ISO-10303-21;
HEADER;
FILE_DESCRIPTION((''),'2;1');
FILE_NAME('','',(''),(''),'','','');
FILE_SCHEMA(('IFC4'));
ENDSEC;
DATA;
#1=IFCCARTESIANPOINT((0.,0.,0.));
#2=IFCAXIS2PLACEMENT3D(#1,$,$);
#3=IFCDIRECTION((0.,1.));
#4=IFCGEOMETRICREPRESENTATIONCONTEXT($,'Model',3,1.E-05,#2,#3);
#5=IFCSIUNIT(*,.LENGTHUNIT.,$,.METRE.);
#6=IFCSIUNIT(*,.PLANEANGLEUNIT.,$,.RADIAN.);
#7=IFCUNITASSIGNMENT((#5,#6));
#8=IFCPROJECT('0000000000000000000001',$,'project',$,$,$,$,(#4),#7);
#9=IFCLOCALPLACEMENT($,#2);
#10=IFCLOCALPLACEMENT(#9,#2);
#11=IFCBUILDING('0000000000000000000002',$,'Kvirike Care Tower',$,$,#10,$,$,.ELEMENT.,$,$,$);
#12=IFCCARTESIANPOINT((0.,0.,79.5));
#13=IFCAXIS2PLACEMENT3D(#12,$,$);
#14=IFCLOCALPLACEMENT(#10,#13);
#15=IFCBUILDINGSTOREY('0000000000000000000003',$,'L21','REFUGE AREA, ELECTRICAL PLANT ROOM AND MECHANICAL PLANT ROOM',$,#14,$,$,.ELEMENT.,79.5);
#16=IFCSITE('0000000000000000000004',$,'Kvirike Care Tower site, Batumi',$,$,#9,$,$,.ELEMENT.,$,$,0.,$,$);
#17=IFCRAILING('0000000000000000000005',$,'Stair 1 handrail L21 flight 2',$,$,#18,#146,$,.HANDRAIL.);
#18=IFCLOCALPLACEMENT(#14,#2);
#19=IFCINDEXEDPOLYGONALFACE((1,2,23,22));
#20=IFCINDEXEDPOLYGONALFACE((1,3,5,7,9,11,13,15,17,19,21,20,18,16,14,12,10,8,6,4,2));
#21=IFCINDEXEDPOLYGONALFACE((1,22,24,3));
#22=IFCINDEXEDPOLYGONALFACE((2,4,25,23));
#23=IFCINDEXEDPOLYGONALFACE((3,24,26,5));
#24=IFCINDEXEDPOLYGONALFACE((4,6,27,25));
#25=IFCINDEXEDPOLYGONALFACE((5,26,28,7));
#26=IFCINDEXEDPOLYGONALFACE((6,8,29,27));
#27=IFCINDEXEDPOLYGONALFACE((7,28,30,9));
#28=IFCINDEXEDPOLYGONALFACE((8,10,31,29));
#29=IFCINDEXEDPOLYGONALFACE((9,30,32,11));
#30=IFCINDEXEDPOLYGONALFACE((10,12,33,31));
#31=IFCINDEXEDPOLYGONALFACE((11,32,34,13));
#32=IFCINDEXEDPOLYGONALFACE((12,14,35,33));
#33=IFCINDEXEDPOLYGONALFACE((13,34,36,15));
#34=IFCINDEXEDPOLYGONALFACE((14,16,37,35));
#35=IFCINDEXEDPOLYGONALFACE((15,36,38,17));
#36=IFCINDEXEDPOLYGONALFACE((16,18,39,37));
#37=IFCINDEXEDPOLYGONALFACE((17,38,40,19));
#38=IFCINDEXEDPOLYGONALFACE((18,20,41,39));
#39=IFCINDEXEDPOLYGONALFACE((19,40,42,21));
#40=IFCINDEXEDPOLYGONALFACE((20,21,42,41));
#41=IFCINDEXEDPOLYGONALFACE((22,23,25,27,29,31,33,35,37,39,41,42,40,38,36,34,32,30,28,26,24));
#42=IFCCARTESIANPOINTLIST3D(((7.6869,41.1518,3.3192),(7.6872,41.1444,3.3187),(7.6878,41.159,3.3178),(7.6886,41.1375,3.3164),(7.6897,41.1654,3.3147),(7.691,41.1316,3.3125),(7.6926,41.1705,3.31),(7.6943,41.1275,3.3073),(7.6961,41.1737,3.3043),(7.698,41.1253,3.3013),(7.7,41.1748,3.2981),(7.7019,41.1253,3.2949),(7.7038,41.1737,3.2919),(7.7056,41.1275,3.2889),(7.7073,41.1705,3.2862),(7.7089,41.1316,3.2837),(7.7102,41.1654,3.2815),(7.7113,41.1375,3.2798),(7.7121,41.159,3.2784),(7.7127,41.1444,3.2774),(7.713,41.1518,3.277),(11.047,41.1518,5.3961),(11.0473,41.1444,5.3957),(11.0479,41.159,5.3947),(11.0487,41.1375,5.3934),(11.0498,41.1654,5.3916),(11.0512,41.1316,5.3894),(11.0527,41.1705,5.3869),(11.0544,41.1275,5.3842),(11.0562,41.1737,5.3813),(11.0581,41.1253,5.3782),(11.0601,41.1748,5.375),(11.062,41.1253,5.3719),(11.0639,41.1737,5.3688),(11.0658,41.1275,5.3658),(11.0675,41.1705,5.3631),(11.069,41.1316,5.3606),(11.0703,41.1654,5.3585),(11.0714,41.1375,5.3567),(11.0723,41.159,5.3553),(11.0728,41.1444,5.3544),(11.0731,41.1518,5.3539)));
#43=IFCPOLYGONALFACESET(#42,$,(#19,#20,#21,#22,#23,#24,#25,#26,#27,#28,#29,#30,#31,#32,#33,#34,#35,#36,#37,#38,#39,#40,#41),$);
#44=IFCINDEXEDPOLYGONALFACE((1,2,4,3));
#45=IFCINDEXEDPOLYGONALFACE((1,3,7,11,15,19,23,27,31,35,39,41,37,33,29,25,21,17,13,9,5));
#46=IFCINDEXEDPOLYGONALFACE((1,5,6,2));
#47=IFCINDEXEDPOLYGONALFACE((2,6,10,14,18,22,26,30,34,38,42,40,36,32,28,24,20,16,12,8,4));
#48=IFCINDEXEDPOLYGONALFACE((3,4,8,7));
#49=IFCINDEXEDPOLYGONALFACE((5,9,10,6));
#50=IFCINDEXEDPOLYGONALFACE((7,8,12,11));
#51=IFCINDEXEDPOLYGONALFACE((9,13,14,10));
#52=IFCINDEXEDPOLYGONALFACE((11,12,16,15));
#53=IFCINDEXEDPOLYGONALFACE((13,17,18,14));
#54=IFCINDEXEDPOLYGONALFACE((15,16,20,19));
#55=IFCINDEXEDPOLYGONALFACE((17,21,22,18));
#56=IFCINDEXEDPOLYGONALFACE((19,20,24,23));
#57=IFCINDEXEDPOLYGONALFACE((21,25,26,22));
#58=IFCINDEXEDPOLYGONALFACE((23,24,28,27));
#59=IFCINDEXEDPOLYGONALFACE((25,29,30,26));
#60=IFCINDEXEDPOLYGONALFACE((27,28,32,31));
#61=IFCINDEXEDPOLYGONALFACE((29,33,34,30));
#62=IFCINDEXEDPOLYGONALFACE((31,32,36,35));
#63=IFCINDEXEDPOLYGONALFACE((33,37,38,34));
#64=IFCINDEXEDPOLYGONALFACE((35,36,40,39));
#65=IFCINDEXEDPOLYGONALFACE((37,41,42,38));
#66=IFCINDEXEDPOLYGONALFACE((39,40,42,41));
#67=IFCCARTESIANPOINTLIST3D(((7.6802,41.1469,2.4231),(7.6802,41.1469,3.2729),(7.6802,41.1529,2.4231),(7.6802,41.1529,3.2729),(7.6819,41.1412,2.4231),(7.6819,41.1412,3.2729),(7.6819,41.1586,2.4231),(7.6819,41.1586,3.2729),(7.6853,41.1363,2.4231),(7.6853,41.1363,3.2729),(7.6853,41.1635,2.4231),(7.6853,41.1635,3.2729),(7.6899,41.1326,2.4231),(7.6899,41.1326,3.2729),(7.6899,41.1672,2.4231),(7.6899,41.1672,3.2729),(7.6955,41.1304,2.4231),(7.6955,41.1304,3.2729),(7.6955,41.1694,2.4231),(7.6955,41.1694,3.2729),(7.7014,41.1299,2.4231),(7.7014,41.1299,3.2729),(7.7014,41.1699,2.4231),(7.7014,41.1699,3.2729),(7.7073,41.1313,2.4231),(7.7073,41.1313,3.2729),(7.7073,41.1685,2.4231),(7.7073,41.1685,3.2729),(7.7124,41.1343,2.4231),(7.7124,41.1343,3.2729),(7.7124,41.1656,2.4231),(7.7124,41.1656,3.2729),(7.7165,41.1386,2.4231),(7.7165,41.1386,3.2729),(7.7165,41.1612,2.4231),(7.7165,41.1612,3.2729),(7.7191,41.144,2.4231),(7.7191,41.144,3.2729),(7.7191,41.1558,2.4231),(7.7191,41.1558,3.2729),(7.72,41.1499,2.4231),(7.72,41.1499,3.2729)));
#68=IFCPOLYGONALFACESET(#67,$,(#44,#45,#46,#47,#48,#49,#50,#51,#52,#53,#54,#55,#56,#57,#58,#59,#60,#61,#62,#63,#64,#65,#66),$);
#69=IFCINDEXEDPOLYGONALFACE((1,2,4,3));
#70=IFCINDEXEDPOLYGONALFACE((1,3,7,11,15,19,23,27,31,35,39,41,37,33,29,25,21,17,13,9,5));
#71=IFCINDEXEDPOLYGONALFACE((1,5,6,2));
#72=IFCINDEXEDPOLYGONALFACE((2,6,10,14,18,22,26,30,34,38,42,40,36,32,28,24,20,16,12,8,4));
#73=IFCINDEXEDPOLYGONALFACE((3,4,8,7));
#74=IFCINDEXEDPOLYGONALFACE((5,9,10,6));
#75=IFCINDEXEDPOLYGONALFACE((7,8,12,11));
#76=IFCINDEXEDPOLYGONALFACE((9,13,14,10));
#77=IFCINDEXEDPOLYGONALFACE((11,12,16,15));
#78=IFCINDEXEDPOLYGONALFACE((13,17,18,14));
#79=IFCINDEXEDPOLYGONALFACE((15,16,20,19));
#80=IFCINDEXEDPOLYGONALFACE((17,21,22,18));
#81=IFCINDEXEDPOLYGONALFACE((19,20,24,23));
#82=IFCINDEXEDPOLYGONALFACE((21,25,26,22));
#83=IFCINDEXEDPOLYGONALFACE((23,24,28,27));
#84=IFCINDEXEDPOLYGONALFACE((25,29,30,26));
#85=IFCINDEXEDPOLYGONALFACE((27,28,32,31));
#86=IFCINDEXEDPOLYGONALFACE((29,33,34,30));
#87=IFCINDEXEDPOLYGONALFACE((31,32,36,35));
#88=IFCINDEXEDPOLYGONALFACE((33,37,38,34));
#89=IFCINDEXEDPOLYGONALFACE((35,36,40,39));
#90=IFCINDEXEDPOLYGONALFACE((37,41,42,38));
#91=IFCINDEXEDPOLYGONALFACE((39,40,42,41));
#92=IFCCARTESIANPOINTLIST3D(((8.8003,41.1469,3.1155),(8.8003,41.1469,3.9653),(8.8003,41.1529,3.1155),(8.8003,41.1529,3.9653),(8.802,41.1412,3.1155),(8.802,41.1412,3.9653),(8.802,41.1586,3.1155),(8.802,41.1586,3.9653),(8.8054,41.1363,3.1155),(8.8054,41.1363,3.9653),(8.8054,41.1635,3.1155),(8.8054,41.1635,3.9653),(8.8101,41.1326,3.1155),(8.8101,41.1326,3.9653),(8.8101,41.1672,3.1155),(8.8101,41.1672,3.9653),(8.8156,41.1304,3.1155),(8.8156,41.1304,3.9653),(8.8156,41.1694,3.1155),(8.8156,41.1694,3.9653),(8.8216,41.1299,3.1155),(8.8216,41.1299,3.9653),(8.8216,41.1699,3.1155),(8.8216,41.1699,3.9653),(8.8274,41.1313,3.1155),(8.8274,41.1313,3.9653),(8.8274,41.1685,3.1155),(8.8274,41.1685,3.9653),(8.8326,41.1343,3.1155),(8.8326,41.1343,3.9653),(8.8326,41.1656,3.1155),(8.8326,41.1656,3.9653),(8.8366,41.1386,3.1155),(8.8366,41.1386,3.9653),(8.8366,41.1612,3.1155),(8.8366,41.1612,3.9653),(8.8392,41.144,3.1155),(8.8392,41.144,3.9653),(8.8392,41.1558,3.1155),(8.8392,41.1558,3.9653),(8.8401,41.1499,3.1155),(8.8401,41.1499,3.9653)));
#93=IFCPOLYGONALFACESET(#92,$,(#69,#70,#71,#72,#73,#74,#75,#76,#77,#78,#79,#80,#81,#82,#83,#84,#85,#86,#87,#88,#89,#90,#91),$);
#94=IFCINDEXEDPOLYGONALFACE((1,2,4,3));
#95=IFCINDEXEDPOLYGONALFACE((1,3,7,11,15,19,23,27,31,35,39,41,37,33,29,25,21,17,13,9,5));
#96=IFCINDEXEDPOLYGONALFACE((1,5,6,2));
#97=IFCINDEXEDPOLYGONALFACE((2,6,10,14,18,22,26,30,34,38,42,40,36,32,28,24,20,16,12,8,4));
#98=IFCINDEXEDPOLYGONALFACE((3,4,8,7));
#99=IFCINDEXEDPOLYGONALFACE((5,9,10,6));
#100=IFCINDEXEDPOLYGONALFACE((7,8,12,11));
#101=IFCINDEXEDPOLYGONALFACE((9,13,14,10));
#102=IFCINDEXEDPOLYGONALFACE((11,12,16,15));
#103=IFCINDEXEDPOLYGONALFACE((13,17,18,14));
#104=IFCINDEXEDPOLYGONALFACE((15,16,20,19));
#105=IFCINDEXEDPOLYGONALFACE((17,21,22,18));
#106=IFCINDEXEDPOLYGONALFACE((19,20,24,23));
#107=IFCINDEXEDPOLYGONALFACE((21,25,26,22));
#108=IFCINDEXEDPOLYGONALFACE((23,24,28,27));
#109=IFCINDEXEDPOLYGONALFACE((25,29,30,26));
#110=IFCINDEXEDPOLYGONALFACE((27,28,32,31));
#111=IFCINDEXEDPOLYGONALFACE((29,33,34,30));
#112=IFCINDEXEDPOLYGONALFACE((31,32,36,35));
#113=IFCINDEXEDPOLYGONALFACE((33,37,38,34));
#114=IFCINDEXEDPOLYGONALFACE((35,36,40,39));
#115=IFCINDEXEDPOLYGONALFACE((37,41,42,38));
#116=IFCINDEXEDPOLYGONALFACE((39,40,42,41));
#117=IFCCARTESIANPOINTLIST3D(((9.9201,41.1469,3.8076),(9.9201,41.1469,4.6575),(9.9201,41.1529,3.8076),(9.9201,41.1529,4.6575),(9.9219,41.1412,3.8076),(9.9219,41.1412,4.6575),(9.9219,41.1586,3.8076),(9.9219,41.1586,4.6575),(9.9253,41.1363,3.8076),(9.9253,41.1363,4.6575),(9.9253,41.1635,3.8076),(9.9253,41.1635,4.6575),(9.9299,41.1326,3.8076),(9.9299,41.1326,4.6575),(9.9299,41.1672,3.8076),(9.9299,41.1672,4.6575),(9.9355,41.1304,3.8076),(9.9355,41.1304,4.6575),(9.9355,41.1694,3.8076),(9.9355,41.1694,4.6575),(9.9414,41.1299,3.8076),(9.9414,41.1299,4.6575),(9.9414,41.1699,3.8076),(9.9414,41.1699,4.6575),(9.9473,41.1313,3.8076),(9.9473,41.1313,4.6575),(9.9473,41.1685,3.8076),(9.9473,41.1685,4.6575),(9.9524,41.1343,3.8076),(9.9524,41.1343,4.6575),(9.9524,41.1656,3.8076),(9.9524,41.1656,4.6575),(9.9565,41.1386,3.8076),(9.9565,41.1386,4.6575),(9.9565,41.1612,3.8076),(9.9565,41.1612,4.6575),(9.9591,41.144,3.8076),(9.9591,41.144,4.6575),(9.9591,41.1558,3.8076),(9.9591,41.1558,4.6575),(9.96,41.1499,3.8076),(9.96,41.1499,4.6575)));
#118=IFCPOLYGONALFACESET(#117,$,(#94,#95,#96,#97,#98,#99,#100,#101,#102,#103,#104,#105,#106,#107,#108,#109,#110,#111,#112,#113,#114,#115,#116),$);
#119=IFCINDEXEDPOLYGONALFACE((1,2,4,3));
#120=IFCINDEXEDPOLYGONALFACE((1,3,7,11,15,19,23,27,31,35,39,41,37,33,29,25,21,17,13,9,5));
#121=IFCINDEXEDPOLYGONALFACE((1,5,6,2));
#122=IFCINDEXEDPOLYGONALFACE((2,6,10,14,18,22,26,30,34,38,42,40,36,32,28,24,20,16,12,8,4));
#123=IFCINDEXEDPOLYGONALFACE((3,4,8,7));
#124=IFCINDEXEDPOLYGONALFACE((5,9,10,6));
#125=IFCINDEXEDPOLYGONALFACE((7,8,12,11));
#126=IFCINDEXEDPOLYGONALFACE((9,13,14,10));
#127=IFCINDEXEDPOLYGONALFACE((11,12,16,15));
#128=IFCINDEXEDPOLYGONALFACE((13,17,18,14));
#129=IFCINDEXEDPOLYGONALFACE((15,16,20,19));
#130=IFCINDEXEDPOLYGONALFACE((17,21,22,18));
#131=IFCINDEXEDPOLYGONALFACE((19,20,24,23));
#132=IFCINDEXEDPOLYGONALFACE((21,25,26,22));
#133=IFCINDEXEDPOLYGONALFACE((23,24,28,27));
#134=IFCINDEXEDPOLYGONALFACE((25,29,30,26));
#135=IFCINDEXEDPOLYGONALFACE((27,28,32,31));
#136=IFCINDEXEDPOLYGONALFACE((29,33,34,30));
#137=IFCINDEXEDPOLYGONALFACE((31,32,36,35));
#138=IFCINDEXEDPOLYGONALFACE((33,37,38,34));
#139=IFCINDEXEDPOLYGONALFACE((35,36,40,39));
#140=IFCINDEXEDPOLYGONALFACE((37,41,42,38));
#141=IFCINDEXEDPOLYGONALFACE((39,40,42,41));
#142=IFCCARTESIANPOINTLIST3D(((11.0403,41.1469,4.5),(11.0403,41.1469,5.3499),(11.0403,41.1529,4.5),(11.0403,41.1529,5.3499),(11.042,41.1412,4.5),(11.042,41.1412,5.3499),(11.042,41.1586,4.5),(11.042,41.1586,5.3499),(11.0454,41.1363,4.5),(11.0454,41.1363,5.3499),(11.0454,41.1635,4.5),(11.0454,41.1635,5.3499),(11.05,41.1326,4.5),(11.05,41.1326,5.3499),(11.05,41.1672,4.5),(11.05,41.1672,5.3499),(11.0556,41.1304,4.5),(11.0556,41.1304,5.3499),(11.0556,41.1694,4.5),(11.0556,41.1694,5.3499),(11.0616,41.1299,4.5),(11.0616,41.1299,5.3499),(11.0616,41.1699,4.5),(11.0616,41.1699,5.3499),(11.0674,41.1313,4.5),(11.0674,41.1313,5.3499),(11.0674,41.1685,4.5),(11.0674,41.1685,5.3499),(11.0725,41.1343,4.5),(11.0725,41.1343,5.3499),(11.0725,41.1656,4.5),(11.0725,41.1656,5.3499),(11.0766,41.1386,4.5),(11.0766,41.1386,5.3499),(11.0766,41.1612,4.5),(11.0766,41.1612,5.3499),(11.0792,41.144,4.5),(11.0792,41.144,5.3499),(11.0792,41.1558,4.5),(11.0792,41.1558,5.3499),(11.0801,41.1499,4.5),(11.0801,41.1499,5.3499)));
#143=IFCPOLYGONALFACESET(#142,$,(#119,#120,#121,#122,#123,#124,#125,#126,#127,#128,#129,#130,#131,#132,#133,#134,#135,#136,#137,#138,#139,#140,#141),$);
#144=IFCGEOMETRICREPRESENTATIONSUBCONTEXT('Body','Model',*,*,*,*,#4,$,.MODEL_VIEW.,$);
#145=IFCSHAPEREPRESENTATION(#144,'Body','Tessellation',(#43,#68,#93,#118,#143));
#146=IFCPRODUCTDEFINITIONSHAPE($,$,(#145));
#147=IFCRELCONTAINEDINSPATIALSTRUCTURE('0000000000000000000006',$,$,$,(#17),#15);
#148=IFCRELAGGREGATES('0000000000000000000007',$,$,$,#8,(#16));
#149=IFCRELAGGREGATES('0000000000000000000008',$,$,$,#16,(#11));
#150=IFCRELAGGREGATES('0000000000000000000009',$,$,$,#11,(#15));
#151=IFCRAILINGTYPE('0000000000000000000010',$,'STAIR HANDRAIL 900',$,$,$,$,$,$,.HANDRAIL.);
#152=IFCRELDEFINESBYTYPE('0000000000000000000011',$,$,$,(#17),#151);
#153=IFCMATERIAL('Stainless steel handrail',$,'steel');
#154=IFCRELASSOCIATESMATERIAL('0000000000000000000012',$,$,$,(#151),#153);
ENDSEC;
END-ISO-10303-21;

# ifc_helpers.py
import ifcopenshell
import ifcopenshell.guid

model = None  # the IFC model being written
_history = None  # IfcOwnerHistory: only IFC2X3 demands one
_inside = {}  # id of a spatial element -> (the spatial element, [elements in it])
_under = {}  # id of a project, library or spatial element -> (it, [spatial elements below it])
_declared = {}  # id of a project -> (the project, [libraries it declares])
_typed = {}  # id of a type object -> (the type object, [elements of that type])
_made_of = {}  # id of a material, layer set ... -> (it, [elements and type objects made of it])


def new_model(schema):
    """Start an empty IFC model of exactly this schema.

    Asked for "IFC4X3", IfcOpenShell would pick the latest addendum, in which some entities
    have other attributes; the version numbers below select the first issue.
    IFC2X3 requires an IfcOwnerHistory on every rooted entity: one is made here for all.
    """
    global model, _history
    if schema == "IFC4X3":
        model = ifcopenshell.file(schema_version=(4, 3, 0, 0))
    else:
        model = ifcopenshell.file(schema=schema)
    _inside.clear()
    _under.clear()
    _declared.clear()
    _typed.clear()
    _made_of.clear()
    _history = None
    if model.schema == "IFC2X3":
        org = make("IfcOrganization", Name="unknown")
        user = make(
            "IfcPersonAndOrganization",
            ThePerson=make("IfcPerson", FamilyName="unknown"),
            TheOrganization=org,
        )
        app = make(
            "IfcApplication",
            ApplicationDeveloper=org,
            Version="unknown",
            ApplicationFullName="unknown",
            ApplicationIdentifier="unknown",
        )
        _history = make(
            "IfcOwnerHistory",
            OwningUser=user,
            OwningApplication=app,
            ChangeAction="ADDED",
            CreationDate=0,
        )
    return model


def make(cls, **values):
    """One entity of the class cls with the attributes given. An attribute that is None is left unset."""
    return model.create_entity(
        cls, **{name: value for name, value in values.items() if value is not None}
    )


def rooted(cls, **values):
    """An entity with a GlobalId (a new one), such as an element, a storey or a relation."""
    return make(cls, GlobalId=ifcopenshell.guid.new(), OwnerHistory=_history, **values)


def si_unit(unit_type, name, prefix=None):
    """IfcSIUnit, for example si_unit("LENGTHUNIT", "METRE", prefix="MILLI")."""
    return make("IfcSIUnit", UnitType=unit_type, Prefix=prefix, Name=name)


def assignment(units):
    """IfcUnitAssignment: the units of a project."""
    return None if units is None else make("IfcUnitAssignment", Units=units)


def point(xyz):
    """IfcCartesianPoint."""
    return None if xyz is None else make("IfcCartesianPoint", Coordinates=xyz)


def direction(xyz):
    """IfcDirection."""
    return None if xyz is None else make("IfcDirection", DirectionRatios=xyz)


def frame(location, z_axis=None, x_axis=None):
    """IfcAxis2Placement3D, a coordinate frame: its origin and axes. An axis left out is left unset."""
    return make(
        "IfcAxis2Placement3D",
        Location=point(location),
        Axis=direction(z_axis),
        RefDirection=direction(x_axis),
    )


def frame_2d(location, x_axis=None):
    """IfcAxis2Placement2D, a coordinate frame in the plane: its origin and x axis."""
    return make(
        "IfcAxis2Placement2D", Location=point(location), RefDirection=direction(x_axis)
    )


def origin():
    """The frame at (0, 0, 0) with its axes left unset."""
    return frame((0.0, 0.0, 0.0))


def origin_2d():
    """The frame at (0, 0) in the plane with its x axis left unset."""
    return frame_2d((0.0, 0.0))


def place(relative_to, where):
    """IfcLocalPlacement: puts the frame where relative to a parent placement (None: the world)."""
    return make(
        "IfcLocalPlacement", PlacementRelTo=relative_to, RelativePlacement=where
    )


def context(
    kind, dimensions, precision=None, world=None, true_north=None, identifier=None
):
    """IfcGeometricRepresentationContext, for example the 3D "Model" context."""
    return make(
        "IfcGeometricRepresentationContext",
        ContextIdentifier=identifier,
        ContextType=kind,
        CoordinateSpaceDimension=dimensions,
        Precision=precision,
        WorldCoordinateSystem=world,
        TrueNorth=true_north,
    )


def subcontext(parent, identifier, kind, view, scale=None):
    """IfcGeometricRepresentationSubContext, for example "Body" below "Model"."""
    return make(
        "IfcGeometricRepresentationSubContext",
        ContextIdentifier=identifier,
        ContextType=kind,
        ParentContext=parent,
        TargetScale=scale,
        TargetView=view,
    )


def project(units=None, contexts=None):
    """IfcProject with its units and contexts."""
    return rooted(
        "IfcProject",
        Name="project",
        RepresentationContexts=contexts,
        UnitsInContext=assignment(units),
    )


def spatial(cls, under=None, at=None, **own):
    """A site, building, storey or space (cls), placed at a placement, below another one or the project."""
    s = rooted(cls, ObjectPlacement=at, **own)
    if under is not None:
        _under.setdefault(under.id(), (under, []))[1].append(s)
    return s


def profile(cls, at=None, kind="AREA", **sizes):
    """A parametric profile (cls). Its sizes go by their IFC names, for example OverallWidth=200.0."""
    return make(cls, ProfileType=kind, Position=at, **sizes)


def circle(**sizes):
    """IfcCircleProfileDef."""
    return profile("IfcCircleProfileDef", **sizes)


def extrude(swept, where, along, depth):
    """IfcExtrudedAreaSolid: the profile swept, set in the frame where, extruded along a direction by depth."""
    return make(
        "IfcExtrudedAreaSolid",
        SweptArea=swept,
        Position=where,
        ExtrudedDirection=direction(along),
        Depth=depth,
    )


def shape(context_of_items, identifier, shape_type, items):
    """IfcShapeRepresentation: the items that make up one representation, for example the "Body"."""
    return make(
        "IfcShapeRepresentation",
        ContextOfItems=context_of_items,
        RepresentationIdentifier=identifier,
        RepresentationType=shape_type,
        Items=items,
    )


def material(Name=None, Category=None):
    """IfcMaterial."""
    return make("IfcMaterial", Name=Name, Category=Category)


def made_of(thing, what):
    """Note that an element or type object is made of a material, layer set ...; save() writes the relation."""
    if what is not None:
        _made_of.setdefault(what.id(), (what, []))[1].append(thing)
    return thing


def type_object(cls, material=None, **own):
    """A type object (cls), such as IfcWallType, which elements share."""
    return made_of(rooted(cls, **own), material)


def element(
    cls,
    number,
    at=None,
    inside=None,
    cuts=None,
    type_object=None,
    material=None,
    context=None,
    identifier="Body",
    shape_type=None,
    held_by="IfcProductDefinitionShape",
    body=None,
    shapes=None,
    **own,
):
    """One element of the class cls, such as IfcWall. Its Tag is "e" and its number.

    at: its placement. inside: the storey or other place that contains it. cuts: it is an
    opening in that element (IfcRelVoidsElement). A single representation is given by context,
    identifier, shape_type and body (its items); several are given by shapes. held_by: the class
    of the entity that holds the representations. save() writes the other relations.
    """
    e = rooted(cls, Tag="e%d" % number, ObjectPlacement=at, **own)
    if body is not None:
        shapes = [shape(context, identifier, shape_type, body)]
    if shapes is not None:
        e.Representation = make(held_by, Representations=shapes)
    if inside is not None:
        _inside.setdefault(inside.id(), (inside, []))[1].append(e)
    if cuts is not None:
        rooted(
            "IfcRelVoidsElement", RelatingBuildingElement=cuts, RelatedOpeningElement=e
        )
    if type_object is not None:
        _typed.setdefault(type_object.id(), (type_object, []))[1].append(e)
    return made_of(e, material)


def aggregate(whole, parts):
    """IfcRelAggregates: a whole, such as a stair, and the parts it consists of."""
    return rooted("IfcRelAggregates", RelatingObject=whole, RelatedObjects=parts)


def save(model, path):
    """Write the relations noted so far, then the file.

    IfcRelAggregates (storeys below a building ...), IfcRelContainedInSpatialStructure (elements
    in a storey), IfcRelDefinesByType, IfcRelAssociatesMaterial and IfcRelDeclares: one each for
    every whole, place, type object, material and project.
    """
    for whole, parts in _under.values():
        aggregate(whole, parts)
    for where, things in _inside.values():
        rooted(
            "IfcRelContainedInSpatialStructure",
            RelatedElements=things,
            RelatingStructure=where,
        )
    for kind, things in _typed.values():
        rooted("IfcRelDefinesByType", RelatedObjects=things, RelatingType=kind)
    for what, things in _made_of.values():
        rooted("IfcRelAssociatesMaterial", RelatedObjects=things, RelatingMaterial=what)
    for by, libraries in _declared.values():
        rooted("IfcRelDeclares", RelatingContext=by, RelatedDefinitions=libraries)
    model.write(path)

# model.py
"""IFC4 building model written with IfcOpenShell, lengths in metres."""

from ifc_helpers import new_model, si_unit, direction, frame, origin, origin_2d, place, context, subcontext, project, spatial, circle, extrude, material, type_object, element, save


model = new_model("IFC4")

# Units and contexts
model_context = context("Model", 3, precision=1e-05, world=origin(), true_north=direction((0.0, 1.0)))
body_context = subcontext(model_context, "Body", "Model", "MODEL_VIEW")
ifc_project = project(units=[si_unit("LENGTHUNIT", "METRE"), si_unit("PLANEANGLEUNIT", "RADIAN")], contexts=[model_context])

# Site, building, storey
site_placement = place(None, origin())
site = spatial("IfcSite", under=ifc_project, at=site_placement, Name="Kvirike Care Tower site, Batumi", CompositionType="ELEMENT", RefElevation=0.0)
building_placement = place(site_placement, origin())
building = spatial("IfcBuilding", under=site, at=building_placement, Name="Kvirike Care Tower", CompositionType="ELEMENT")
storey_placement = place(building_placement, frame((0.0, 0.0, 79.5)))
storey = spatial("IfcBuildingStorey", under=building, at=storey_placement, Name="L21", Description="REFUGE AREA, ELECTRICAL PLANT ROOM AND MECHANICAL PLANT ROOM", CompositionType="ELEMENT", Elevation=79.5)

# Railing
ifc_material_1 = material(Name="Stainless steel handrail", Category="steel")
railing_type = type_object("IfcRailingType", Name="STAIR HANDRAIL 900", PredefinedType="HANDRAIL", material=ifc_material_1)
railing_1_placement = place(storey_placement, frame((7.7, 41.1499, 2.4231)))
element("IfcRailing", 1, at=railing_1_placement, inside=storey, type_object=railing_type, Name="Stair 1 handrail L21 flight 2", PredefinedType="HANDRAIL", context=body_context, shape_type="SweptSolid", body=[
    extrude(circle(Radius=0.0249, at=origin_2d()), frame((0.0, 0.0, 0.875), z_axis=(0.850623, 0.0, 0.525776), x_axis=(0.0, 1.0, 0.0)), (0.0, 0.0, 1.0), 3.9502),
    extrude(circle(Radius=0.02, at=origin_2d()), origin(), (0.0, 0.0, 1.0), 0.8499),
    extrude(circle(Radius=0.02, at=origin_2d()), frame((1.1201, 0.0, 0.6924)), (0.0, 0.0, 1.0), 0.8499),
    extrude(circle(Radius=0.02, at=origin_2d()), frame((2.24, 0.0, 1.3845)), (0.0, 0.0, 1.0), 0.8499),
    extrude(circle(Radius=0.02, at=origin_2d()), frame((3.3601, 0.0, 2.0769)), (0.0, 0.0, 1.0), 0.8499),
])

save(model, "model.ifc")
